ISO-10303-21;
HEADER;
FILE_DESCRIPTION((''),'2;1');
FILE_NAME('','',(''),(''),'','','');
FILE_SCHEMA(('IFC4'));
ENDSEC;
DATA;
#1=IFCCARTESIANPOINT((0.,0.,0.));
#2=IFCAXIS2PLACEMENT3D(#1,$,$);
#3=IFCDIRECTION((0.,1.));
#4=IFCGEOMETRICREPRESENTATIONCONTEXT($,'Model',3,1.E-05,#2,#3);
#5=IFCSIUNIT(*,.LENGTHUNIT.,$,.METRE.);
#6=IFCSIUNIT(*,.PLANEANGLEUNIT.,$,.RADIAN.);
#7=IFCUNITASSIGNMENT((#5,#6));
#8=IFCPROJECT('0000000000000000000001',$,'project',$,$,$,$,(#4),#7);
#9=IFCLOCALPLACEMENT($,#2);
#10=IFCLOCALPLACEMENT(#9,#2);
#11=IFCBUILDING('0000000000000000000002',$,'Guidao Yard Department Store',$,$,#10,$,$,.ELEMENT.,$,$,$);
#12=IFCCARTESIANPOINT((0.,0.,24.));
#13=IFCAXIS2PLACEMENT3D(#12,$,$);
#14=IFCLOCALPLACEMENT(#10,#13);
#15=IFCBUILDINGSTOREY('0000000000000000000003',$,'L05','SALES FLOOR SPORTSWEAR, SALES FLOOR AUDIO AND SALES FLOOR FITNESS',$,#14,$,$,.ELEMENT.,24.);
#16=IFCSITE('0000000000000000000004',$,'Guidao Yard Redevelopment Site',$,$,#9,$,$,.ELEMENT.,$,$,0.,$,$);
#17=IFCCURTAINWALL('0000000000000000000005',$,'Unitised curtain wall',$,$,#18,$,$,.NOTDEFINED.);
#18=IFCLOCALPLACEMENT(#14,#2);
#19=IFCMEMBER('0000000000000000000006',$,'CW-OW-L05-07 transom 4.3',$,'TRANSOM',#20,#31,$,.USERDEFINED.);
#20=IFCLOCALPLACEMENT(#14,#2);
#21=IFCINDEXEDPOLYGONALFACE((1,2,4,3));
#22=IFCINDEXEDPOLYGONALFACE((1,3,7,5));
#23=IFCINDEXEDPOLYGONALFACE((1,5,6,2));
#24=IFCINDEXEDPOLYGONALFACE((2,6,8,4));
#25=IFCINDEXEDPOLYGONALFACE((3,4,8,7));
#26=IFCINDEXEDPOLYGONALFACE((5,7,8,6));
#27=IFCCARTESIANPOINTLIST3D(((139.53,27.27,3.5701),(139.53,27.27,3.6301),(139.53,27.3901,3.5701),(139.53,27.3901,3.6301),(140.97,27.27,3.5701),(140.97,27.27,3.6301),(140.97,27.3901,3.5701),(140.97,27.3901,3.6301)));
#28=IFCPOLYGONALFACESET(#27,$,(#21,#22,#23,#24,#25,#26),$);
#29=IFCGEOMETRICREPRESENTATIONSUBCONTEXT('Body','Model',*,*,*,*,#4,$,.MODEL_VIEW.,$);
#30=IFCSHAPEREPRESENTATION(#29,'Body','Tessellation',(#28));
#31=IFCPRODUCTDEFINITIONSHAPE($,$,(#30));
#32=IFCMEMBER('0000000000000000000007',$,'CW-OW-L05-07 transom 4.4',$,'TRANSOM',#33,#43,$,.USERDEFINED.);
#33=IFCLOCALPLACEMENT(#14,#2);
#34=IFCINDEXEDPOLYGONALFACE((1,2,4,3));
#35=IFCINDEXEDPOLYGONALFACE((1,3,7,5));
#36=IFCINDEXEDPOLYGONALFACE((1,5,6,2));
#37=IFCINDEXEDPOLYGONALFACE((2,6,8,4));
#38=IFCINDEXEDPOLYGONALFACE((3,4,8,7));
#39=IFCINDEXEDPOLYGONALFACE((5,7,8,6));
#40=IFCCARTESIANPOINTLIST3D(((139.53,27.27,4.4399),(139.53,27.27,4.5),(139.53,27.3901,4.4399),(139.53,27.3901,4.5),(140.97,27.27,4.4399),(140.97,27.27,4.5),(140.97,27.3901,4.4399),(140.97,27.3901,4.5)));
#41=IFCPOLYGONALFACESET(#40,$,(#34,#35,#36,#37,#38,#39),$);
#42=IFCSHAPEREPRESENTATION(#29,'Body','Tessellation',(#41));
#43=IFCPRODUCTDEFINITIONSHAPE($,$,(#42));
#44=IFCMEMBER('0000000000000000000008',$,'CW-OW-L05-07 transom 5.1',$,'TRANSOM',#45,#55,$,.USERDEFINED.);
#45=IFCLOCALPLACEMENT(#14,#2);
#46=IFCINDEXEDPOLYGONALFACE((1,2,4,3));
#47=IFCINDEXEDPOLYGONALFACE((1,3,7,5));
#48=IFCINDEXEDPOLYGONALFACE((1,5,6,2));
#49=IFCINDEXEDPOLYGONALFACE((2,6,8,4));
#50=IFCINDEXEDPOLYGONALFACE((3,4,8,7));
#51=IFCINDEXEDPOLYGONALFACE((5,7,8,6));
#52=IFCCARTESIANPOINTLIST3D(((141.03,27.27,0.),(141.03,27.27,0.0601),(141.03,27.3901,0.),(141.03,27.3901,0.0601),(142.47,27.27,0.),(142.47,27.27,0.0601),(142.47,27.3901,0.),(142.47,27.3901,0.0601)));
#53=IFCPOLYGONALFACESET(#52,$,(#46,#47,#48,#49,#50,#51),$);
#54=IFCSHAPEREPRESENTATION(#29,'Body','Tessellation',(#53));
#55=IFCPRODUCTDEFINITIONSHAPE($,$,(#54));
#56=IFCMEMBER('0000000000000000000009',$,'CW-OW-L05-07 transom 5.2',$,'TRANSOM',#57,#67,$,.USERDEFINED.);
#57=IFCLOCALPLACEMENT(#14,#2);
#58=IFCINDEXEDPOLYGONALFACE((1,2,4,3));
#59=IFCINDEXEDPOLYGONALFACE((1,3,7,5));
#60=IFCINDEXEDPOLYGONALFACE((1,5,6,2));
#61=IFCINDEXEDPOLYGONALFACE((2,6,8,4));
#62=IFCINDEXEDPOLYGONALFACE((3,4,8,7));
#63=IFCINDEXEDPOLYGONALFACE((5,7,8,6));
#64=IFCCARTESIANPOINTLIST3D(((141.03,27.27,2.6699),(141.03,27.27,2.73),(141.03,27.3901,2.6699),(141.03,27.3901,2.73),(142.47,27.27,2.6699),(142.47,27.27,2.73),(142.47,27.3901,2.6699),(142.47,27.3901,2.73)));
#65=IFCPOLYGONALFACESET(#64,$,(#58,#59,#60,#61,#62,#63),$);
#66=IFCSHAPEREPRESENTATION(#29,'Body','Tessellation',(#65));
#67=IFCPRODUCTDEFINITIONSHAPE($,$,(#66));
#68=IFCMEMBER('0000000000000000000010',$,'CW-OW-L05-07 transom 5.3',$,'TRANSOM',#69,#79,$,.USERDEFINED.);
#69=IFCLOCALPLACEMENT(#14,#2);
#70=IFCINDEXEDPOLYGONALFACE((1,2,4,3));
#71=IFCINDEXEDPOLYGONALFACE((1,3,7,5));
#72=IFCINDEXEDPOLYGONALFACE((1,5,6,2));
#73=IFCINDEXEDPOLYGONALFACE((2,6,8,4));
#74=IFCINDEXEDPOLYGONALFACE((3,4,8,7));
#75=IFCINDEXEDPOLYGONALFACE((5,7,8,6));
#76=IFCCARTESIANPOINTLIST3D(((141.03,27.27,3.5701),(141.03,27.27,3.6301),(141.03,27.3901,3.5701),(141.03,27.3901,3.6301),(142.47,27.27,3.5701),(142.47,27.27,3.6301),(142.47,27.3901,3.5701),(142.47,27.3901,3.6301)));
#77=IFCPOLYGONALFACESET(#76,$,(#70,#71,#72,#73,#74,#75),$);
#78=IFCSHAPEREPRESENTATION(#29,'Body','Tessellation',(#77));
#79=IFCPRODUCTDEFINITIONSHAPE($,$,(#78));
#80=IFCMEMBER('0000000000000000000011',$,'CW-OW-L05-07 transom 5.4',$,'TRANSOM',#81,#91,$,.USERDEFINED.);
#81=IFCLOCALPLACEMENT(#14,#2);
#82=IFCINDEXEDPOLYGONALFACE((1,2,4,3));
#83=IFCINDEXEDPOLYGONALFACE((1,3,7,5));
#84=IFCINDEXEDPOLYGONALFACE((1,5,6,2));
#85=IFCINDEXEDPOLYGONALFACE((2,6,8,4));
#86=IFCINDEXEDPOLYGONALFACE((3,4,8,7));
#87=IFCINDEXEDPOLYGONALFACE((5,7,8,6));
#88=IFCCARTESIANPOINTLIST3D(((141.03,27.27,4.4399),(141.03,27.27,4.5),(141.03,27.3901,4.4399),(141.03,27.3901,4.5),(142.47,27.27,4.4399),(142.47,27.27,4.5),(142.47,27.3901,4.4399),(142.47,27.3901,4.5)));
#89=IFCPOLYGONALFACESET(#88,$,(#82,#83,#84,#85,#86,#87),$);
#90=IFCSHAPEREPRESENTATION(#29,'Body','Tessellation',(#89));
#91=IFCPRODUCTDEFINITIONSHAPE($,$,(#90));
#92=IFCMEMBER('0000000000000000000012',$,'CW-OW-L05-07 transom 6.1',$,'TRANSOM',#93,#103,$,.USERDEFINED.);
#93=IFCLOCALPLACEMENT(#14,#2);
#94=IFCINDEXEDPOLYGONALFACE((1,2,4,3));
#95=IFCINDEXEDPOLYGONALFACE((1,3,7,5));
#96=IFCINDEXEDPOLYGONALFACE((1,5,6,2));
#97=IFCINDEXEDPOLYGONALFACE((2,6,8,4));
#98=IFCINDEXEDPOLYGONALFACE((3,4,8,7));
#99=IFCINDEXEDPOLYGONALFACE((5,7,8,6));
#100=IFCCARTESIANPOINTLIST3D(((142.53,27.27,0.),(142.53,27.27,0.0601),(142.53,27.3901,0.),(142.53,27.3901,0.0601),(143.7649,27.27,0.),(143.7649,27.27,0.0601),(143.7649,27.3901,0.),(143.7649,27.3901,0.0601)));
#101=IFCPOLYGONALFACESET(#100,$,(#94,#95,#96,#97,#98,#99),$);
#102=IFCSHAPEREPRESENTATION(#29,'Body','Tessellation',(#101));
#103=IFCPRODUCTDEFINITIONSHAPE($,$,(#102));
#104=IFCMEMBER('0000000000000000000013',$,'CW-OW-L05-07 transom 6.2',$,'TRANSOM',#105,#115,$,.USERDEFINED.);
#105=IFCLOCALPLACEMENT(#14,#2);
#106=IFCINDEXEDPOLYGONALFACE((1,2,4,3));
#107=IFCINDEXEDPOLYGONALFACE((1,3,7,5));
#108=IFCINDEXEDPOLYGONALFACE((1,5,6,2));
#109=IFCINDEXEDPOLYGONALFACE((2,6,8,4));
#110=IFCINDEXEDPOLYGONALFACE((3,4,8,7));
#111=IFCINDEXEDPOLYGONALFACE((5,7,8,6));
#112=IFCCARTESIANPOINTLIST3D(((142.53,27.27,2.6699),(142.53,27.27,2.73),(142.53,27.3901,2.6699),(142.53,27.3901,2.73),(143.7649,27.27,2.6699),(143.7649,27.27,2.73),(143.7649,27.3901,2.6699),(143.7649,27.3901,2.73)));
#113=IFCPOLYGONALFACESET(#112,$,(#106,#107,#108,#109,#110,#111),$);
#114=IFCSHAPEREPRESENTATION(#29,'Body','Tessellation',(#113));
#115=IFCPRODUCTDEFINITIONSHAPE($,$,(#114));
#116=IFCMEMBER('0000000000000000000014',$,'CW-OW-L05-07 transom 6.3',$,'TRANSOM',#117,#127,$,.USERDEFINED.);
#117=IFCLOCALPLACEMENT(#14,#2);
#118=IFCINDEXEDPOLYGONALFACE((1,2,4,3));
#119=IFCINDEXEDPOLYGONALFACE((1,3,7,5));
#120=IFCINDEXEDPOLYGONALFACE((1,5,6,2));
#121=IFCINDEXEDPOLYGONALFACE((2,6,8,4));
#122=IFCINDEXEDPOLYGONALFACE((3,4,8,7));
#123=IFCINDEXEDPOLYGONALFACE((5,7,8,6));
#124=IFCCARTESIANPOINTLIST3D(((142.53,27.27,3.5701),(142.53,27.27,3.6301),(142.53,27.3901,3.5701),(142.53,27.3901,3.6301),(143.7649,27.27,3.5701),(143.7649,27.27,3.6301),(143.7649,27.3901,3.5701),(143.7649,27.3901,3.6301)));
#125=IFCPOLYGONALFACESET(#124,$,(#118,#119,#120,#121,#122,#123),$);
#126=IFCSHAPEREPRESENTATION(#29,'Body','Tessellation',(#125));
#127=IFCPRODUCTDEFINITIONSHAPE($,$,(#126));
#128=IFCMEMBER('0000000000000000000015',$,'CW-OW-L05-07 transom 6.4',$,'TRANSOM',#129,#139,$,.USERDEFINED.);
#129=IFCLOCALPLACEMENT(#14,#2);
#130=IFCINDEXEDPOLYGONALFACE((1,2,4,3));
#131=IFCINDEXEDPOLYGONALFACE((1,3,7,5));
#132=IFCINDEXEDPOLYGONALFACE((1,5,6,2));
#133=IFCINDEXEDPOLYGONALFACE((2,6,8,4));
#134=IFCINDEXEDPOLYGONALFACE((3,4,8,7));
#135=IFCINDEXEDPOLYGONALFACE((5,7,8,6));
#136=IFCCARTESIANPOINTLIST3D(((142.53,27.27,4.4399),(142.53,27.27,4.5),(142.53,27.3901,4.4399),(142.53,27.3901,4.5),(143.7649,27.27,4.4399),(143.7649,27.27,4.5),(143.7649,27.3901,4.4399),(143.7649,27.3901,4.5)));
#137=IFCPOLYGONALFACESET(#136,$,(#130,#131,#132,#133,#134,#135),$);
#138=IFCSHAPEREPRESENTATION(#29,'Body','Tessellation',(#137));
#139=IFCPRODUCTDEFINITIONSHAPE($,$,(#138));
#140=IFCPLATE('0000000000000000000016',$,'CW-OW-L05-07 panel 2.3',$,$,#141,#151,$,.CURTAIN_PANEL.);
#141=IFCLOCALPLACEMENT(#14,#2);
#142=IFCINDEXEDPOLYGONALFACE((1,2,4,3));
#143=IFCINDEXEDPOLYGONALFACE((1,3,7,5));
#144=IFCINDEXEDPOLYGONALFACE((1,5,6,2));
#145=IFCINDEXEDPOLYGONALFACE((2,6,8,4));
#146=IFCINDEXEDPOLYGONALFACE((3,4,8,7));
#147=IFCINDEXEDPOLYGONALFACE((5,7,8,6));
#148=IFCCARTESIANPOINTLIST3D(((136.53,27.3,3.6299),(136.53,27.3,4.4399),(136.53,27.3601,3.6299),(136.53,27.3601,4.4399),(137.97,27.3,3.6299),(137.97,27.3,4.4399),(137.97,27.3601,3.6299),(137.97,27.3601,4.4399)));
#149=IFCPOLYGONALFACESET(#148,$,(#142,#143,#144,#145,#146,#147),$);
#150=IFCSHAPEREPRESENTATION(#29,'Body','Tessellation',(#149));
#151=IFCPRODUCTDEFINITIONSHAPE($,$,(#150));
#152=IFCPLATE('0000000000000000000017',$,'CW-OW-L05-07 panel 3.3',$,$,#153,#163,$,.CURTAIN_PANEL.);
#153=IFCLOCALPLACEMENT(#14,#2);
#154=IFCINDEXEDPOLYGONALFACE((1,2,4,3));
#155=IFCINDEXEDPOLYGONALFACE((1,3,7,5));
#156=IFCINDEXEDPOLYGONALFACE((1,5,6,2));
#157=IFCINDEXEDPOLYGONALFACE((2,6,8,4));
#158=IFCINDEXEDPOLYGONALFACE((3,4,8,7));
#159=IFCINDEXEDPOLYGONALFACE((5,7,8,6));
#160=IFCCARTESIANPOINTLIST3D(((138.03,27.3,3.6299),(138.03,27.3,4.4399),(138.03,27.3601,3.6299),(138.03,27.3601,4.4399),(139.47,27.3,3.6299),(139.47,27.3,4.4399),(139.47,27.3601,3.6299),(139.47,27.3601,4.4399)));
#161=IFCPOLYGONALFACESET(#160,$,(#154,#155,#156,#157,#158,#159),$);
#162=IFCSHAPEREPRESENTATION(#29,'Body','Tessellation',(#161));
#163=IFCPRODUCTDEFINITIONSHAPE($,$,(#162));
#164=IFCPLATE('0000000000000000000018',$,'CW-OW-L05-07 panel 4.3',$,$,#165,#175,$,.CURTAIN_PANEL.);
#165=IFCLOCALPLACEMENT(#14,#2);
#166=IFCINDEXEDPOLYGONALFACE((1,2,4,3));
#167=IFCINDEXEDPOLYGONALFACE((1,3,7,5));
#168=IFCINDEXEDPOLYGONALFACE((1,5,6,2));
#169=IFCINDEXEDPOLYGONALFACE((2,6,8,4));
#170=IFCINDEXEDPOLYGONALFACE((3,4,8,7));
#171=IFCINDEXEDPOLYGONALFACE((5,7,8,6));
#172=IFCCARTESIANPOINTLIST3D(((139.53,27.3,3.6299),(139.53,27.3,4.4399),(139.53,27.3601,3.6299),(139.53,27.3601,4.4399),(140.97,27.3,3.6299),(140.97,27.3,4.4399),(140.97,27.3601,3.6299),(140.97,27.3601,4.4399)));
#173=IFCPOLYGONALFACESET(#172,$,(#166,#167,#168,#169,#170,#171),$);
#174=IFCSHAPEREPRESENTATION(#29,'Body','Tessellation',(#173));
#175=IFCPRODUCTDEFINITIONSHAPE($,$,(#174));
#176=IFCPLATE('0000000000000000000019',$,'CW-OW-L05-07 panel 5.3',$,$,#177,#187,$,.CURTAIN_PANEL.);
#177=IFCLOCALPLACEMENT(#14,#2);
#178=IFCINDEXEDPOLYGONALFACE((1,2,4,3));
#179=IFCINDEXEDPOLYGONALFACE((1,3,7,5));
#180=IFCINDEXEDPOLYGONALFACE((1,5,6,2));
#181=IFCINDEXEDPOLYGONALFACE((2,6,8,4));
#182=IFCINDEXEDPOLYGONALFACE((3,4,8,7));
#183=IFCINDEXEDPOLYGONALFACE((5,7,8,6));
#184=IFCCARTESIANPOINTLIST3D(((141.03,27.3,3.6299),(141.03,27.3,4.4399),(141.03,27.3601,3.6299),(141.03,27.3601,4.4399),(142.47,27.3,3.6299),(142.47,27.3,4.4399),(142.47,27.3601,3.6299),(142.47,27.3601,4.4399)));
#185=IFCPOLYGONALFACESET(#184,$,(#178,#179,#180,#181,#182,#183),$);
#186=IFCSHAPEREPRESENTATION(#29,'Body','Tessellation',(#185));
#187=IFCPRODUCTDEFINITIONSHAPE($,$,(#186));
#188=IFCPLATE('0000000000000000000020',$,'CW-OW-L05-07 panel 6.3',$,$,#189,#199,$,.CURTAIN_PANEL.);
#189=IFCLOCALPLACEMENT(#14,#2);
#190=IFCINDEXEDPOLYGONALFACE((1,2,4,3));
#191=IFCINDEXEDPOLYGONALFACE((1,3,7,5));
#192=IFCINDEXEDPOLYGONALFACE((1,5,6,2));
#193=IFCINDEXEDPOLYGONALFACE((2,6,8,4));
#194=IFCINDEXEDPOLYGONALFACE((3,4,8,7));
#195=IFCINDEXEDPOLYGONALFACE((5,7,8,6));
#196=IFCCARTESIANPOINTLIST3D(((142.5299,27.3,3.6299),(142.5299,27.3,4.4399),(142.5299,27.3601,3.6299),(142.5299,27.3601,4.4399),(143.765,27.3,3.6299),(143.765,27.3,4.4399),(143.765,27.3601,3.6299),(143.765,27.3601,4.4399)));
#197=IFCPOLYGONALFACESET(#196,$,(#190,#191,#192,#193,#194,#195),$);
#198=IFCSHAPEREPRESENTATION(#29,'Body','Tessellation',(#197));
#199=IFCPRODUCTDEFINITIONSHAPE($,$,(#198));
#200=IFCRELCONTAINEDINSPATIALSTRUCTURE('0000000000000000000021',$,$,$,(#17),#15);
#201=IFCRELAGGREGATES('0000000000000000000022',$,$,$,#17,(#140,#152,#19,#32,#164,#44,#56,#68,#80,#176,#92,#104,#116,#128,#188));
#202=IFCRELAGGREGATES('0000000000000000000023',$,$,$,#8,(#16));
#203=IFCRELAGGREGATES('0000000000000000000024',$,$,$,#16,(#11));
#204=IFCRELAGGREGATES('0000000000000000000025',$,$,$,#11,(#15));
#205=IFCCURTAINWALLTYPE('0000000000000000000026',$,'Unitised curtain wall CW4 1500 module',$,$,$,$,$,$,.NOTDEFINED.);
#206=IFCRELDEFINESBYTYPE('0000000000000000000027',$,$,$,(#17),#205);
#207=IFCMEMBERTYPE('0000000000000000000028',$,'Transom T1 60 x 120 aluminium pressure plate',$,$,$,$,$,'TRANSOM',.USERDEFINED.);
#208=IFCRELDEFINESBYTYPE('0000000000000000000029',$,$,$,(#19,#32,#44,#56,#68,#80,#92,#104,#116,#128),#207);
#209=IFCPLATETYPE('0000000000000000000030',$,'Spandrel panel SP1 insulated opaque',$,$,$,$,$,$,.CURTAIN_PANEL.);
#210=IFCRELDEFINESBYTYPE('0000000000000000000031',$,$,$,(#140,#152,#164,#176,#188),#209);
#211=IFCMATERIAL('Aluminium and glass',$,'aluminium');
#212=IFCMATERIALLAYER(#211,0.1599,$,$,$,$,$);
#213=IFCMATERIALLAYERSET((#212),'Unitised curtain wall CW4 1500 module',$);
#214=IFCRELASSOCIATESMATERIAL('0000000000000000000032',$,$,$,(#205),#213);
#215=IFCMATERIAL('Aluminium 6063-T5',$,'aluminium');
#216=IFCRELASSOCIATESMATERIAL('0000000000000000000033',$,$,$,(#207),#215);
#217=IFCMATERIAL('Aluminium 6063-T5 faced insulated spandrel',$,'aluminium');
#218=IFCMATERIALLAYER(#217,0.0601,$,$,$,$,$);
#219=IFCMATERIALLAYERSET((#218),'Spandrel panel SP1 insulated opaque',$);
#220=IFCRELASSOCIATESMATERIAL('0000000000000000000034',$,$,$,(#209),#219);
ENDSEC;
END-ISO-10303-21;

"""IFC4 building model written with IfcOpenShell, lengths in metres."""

from ifc_helpers import new_model, si_unit, direction, frame, origin, origin_2d, place, context, subcontext, project, spatial, rectangle, extrude, material, layer, layer_set, material_profile, profile_set, type_object, element, aggregate, save


model = new_model("IFC4")

# Units and contexts
model_context = context("Model", 3, precision=1e-05, world=origin(), true_north=direction((0.0, 1.0)))
body_context = subcontext(model_context, "Body", "Model", "MODEL_VIEW")
ifc_project = project(units=[si_unit("LENGTHUNIT", "METRE"), si_unit("PLANEANGLEUNIT", "RADIAN")], contexts=[model_context])

# Site, building, storey
site_placement = place(None, origin())
site = spatial("IfcSite", under=ifc_project, at=site_placement, Name="Guidao Yard Redevelopment Site", CompositionType="ELEMENT", RefElevation=0.0)
building_placement = place(site_placement, origin())
building = spatial("IfcBuilding", under=site, at=building_placement, Name="Guidao Yard Department Store", CompositionType="ELEMENT")
storey_placement = place(building_placement, frame((0.0, 0.0, 24.0)))
storey = spatial("IfcBuildingStorey", under=building, at=storey_placement, Name="L05", Description="SALES FLOOR SPORTSWEAR, SALES FLOOR AUDIO AND SALES FLOOR FITNESS", CompositionType="ELEMENT", Elevation=24.0)

# Curtain wall, members, plates
ifc_material_1 = material(Name="Aluminium and glass", Category="aluminium")
ifc_layer_1 = layer(ifc_material_1, 0.1599)
ifc_layer_set_1 = layer_set([ifc_layer_1], Name="Unitised curtain wall CW4 1500 module")
curtain_wall_type = type_object("IfcCurtainWallType", Name="Unitised curtain wall CW4 1500 module", PredefinedType="NOTDEFINED", material=ifc_layer_set_1)
curtain_wall_placement = place(storey_placement, origin())
curtain_wall = element("IfcCurtainWall", 1, at=curtain_wall_placement, inside=storey, type_object=curtain_wall_type, Name="Unitised curtain wall", PredefinedType="NOTDEFINED")
ifc_material_2 = material(Name="Aluminium 6063-T5", Category="aluminium")
ifc_material_profile_1 = material_profile(ifc_material_2, rectangle(XDim=0.1201, YDim=0.0601, at=origin_2d()), Name="Transom T1 60 x 120 aluminium pressure plate")
ifc_profile_set_1 = profile_set([ifc_material_profile_1], Name="Aluminium 6063-T5")
member_type_1 = type_object("IfcMemberType", Name="Transom T1 60 x 120 aluminium pressure plate", ElementType="TRANSOM", PredefinedType="USERDEFINED", material=ifc_profile_set_1)
member_1_placement = place(storey_placement, frame((139.53, 27.3301, 3.6001), z_axis=(1.0, 0.0, 0.0), x_axis=(0.0, 1.0, 0.0)))
member_1 = element("IfcMember", 2, at=member_1_placement, type_object=member_type_1, Name="CW-OW-L05-07 transom 4.3", ObjectType="TRANSOM", PredefinedType="USERDEFINED", context=body_context, shape_type="SweptSolid", body=[
    extrude(rectangle(XDim=0.1201, YDim=0.0601, at=origin_2d()), origin(), (0.0, 0.0, 1.0), 1.4399),
])
member_2_placement = place(storey_placement, frame((139.53, 27.3301, 4.47), z_axis=(1.0, 0.0, 0.0), x_axis=(0.0, 1.0, 0.0)))
member_2 = element("IfcMember", 3, at=member_2_placement, type_object=member_type_1, Name="CW-OW-L05-07 transom 4.4", ObjectType="TRANSOM", PredefinedType="USERDEFINED", context=body_context, shape_type="SweptSolid", body=[
    extrude(rectangle(XDim=0.1201, YDim=0.0601, at=origin_2d()), origin(), (0.0, 0.0, 1.0), 1.4399),
])
member_3_placement = place(storey_placement, frame((141.03, 27.3301, 0.03), z_axis=(1.0, 0.0, 0.0), x_axis=(0.0, 1.0, 0.0)))
member_3 = element("IfcMember", 4, at=member_3_placement, type_object=member_type_1, Name="CW-OW-L05-07 transom 5.1", ObjectType="TRANSOM", PredefinedType="USERDEFINED", context=body_context, shape_type="SweptSolid", body=[
    extrude(rectangle(XDim=0.1201, YDim=0.0601, at=origin_2d()), origin(), (0.0, 0.0, 1.0), 1.4399),
])
member_4_placement = place(storey_placement, frame((141.03, 27.3301, 2.7), z_axis=(1.0, 0.0, 0.0), x_axis=(0.0, 1.0, 0.0)))
member_4 = element("IfcMember", 5, at=member_4_placement, type_object=member_type_1, Name="CW-OW-L05-07 transom 5.2", ObjectType="TRANSOM", PredefinedType="USERDEFINED", context=body_context, shape_type="SweptSolid", body=[
    extrude(rectangle(XDim=0.1201, YDim=0.0601, at=origin_2d()), origin(), (0.0, 0.0, 1.0), 1.4399),
])
member_5_placement = place(storey_placement, frame((141.03, 27.3301, 3.6001), z_axis=(1.0, 0.0, 0.0), x_axis=(0.0, 1.0, 0.0)))
member_5 = element("IfcMember", 6, at=member_5_placement, type_object=member_type_1, Name="CW-OW-L05-07 transom 5.3", ObjectType="TRANSOM", PredefinedType="USERDEFINED", context=body_context, shape_type="SweptSolid", body=[
    extrude(rectangle(XDim=0.1201, YDim=0.0601, at=origin_2d()), origin(), (0.0, 0.0, 1.0), 1.4399),
])
member_6_placement = place(storey_placement, frame((141.03, 27.3301, 4.47), z_axis=(1.0, 0.0, 0.0), x_axis=(0.0, 1.0, 0.0)))
member_6 = element("IfcMember", 7, at=member_6_placement, type_object=member_type_1, Name="CW-OW-L05-07 transom 5.4", ObjectType="TRANSOM", PredefinedType="USERDEFINED", context=body_context, shape_type="SweptSolid", body=[
    extrude(rectangle(XDim=0.1201, YDim=0.0601, at=origin_2d()), origin(), (0.0, 0.0, 1.0), 1.4399),
])
member_7_placement = place(storey_placement, frame((142.53, 27.3301, 0.03), z_axis=(1.0, 0.0, 0.0), x_axis=(0.0, 1.0, 0.0)))
member_7 = element("IfcMember", 8, at=member_7_placement, type_object=member_type_1, Name="CW-OW-L05-07 transom 6.1", ObjectType="TRANSOM", PredefinedType="USERDEFINED", context=body_context, shape_type="SweptSolid", body=[
    extrude(rectangle(XDim=0.1201, YDim=0.0601, at=origin_2d()), origin(), (0.0, 0.0, 1.0), 1.2349),
])
member_8_placement = place(storey_placement, frame((142.53, 27.3301, 2.7), z_axis=(1.0, 0.0, 0.0), x_axis=(0.0, 1.0, 0.0)))
member_8 = element("IfcMember", 9, at=member_8_placement, type_object=member_type_1, Name="CW-OW-L05-07 transom 6.2", ObjectType="TRANSOM", PredefinedType="USERDEFINED", context=body_context, shape_type="SweptSolid", body=[
    extrude(rectangle(XDim=0.1201, YDim=0.0601, at=origin_2d()), origin(), (0.0, 0.0, 1.0), 1.2349),
])
member_9_placement = place(storey_placement, frame((142.53, 27.3301, 3.6001), z_axis=(1.0, 0.0, 0.0), x_axis=(0.0, 1.0, 0.0)))
member_9 = element("IfcMember", 10, at=member_9_placement, type_object=member_type_1, Name="CW-OW-L05-07 transom 6.3", ObjectType="TRANSOM", PredefinedType="USERDEFINED", context=body_context, shape_type="SweptSolid", body=[
    extrude(rectangle(XDim=0.1201, YDim=0.0601, at=origin_2d()), origin(), (0.0, 0.0, 1.0), 1.2349),
])
member_10_placement = place(storey_placement, frame((142.53, 27.3301, 4.47), z_axis=(1.0, 0.0, 0.0), x_axis=(0.0, 1.0, 0.0)))
member_10 = element("IfcMember", 11, at=member_10_placement, type_object=member_type_1, Name="CW-OW-L05-07 transom 6.4", ObjectType="TRANSOM", PredefinedType="USERDEFINED", context=body_context, shape_type="SweptSolid", body=[
    extrude(rectangle(XDim=0.1201, YDim=0.0601, at=origin_2d()), origin(), (0.0, 0.0, 1.0), 1.2349),
])
ifc_material_3 = material(Name="Aluminium 6063-T5 faced insulated spandrel", Category="aluminium")
ifc_layer_2 = layer(ifc_material_3, 0.0601)
ifc_layer_set_2 = layer_set([ifc_layer_2], Name="Spandrel panel SP1 insulated opaque")
plate_type_1 = type_object("IfcPlateType", Name="Spandrel panel SP1 insulated opaque", PredefinedType="CURTAIN_PANEL", material=ifc_layer_set_2)
plate_1_placement = place(storey_placement, frame((137.25, 27.3301, 3.6299), z_axis=(0.0, 0.0, 1.0), x_axis=(1.0, 0.0, 0.0)))
plate_1 = element("IfcPlate", 12, at=plate_1_placement, type_object=plate_type_1, Name="CW-OW-L05-07 panel 2.3", PredefinedType="CURTAIN_PANEL", context=body_context, shape_type="SweptSolid", body=[
    extrude(rectangle(XDim=1.4399, YDim=0.0601, at=origin_2d()), origin(), (0.0, 0.0, 1.0), 0.8101),
])
plate_2_placement = place(storey_placement, frame((138.75, 27.3301, 3.6299), z_axis=(0.0, 0.0, 1.0), x_axis=(1.0, 0.0, 0.0)))
plate_2 = element("IfcPlate", 13, at=plate_2_placement, type_object=plate_type_1, Name="CW-OW-L05-07 panel 3.3", PredefinedType="CURTAIN_PANEL", context=body_context, shape_type="SweptSolid", body=[
    extrude(rectangle(XDim=1.4399, YDim=0.0601, at=origin_2d()), origin(), (0.0, 0.0, 1.0), 0.8101),
])
plate_3_placement = place(storey_placement, frame((140.25, 27.3301, 3.6299), z_axis=(0.0, 0.0, 1.0), x_axis=(1.0, 0.0, 0.0)))
plate_3 = element("IfcPlate", 14, at=plate_3_placement, type_object=plate_type_1, Name="CW-OW-L05-07 panel 4.3", PredefinedType="CURTAIN_PANEL", context=body_context, shape_type="SweptSolid", body=[
    extrude(rectangle(XDim=1.4399, YDim=0.0601, at=origin_2d()), origin(), (0.0, 0.0, 1.0), 0.8101),
])
plate_4_placement = place(storey_placement, frame((141.75, 27.3301, 3.6299), z_axis=(0.0, 0.0, 1.0), x_axis=(1.0, 0.0, 0.0)))
plate_4 = element("IfcPlate", 15, at=plate_4_placement, type_object=plate_type_1, Name="CW-OW-L05-07 panel 5.3", PredefinedType="CURTAIN_PANEL", context=body_context, shape_type="SweptSolid", body=[
    extrude(rectangle(XDim=1.4399, YDim=0.0601, at=origin_2d()), origin(), (0.0, 0.0, 1.0), 0.8101),
])
plate_5_placement = place(storey_placement, frame((143.1475, 27.3301, 3.6299), z_axis=(0.0, 0.0, 1.0), x_axis=(1.0, 0.0, 0.0)))
plate_5 = element("IfcPlate", 16, at=plate_5_placement, type_object=plate_type_1, Name="CW-OW-L05-07 panel 6.3", PredefinedType="CURTAIN_PANEL", context=body_context, shape_type="SweptSolid", body=[
    extrude(rectangle(XDim=1.2351, YDim=0.0601, at=origin_2d()), origin(), (0.0, 0.0, 1.0), 0.8101),
])
aggregate(curtain_wall, [plate_1, plate_2, member_1, member_2, plate_3, member_3, member_4, member_5, member_6, plate_4, member_7, member_8, member_9, member_10, plate_5])

save(model, "model.ifc")
